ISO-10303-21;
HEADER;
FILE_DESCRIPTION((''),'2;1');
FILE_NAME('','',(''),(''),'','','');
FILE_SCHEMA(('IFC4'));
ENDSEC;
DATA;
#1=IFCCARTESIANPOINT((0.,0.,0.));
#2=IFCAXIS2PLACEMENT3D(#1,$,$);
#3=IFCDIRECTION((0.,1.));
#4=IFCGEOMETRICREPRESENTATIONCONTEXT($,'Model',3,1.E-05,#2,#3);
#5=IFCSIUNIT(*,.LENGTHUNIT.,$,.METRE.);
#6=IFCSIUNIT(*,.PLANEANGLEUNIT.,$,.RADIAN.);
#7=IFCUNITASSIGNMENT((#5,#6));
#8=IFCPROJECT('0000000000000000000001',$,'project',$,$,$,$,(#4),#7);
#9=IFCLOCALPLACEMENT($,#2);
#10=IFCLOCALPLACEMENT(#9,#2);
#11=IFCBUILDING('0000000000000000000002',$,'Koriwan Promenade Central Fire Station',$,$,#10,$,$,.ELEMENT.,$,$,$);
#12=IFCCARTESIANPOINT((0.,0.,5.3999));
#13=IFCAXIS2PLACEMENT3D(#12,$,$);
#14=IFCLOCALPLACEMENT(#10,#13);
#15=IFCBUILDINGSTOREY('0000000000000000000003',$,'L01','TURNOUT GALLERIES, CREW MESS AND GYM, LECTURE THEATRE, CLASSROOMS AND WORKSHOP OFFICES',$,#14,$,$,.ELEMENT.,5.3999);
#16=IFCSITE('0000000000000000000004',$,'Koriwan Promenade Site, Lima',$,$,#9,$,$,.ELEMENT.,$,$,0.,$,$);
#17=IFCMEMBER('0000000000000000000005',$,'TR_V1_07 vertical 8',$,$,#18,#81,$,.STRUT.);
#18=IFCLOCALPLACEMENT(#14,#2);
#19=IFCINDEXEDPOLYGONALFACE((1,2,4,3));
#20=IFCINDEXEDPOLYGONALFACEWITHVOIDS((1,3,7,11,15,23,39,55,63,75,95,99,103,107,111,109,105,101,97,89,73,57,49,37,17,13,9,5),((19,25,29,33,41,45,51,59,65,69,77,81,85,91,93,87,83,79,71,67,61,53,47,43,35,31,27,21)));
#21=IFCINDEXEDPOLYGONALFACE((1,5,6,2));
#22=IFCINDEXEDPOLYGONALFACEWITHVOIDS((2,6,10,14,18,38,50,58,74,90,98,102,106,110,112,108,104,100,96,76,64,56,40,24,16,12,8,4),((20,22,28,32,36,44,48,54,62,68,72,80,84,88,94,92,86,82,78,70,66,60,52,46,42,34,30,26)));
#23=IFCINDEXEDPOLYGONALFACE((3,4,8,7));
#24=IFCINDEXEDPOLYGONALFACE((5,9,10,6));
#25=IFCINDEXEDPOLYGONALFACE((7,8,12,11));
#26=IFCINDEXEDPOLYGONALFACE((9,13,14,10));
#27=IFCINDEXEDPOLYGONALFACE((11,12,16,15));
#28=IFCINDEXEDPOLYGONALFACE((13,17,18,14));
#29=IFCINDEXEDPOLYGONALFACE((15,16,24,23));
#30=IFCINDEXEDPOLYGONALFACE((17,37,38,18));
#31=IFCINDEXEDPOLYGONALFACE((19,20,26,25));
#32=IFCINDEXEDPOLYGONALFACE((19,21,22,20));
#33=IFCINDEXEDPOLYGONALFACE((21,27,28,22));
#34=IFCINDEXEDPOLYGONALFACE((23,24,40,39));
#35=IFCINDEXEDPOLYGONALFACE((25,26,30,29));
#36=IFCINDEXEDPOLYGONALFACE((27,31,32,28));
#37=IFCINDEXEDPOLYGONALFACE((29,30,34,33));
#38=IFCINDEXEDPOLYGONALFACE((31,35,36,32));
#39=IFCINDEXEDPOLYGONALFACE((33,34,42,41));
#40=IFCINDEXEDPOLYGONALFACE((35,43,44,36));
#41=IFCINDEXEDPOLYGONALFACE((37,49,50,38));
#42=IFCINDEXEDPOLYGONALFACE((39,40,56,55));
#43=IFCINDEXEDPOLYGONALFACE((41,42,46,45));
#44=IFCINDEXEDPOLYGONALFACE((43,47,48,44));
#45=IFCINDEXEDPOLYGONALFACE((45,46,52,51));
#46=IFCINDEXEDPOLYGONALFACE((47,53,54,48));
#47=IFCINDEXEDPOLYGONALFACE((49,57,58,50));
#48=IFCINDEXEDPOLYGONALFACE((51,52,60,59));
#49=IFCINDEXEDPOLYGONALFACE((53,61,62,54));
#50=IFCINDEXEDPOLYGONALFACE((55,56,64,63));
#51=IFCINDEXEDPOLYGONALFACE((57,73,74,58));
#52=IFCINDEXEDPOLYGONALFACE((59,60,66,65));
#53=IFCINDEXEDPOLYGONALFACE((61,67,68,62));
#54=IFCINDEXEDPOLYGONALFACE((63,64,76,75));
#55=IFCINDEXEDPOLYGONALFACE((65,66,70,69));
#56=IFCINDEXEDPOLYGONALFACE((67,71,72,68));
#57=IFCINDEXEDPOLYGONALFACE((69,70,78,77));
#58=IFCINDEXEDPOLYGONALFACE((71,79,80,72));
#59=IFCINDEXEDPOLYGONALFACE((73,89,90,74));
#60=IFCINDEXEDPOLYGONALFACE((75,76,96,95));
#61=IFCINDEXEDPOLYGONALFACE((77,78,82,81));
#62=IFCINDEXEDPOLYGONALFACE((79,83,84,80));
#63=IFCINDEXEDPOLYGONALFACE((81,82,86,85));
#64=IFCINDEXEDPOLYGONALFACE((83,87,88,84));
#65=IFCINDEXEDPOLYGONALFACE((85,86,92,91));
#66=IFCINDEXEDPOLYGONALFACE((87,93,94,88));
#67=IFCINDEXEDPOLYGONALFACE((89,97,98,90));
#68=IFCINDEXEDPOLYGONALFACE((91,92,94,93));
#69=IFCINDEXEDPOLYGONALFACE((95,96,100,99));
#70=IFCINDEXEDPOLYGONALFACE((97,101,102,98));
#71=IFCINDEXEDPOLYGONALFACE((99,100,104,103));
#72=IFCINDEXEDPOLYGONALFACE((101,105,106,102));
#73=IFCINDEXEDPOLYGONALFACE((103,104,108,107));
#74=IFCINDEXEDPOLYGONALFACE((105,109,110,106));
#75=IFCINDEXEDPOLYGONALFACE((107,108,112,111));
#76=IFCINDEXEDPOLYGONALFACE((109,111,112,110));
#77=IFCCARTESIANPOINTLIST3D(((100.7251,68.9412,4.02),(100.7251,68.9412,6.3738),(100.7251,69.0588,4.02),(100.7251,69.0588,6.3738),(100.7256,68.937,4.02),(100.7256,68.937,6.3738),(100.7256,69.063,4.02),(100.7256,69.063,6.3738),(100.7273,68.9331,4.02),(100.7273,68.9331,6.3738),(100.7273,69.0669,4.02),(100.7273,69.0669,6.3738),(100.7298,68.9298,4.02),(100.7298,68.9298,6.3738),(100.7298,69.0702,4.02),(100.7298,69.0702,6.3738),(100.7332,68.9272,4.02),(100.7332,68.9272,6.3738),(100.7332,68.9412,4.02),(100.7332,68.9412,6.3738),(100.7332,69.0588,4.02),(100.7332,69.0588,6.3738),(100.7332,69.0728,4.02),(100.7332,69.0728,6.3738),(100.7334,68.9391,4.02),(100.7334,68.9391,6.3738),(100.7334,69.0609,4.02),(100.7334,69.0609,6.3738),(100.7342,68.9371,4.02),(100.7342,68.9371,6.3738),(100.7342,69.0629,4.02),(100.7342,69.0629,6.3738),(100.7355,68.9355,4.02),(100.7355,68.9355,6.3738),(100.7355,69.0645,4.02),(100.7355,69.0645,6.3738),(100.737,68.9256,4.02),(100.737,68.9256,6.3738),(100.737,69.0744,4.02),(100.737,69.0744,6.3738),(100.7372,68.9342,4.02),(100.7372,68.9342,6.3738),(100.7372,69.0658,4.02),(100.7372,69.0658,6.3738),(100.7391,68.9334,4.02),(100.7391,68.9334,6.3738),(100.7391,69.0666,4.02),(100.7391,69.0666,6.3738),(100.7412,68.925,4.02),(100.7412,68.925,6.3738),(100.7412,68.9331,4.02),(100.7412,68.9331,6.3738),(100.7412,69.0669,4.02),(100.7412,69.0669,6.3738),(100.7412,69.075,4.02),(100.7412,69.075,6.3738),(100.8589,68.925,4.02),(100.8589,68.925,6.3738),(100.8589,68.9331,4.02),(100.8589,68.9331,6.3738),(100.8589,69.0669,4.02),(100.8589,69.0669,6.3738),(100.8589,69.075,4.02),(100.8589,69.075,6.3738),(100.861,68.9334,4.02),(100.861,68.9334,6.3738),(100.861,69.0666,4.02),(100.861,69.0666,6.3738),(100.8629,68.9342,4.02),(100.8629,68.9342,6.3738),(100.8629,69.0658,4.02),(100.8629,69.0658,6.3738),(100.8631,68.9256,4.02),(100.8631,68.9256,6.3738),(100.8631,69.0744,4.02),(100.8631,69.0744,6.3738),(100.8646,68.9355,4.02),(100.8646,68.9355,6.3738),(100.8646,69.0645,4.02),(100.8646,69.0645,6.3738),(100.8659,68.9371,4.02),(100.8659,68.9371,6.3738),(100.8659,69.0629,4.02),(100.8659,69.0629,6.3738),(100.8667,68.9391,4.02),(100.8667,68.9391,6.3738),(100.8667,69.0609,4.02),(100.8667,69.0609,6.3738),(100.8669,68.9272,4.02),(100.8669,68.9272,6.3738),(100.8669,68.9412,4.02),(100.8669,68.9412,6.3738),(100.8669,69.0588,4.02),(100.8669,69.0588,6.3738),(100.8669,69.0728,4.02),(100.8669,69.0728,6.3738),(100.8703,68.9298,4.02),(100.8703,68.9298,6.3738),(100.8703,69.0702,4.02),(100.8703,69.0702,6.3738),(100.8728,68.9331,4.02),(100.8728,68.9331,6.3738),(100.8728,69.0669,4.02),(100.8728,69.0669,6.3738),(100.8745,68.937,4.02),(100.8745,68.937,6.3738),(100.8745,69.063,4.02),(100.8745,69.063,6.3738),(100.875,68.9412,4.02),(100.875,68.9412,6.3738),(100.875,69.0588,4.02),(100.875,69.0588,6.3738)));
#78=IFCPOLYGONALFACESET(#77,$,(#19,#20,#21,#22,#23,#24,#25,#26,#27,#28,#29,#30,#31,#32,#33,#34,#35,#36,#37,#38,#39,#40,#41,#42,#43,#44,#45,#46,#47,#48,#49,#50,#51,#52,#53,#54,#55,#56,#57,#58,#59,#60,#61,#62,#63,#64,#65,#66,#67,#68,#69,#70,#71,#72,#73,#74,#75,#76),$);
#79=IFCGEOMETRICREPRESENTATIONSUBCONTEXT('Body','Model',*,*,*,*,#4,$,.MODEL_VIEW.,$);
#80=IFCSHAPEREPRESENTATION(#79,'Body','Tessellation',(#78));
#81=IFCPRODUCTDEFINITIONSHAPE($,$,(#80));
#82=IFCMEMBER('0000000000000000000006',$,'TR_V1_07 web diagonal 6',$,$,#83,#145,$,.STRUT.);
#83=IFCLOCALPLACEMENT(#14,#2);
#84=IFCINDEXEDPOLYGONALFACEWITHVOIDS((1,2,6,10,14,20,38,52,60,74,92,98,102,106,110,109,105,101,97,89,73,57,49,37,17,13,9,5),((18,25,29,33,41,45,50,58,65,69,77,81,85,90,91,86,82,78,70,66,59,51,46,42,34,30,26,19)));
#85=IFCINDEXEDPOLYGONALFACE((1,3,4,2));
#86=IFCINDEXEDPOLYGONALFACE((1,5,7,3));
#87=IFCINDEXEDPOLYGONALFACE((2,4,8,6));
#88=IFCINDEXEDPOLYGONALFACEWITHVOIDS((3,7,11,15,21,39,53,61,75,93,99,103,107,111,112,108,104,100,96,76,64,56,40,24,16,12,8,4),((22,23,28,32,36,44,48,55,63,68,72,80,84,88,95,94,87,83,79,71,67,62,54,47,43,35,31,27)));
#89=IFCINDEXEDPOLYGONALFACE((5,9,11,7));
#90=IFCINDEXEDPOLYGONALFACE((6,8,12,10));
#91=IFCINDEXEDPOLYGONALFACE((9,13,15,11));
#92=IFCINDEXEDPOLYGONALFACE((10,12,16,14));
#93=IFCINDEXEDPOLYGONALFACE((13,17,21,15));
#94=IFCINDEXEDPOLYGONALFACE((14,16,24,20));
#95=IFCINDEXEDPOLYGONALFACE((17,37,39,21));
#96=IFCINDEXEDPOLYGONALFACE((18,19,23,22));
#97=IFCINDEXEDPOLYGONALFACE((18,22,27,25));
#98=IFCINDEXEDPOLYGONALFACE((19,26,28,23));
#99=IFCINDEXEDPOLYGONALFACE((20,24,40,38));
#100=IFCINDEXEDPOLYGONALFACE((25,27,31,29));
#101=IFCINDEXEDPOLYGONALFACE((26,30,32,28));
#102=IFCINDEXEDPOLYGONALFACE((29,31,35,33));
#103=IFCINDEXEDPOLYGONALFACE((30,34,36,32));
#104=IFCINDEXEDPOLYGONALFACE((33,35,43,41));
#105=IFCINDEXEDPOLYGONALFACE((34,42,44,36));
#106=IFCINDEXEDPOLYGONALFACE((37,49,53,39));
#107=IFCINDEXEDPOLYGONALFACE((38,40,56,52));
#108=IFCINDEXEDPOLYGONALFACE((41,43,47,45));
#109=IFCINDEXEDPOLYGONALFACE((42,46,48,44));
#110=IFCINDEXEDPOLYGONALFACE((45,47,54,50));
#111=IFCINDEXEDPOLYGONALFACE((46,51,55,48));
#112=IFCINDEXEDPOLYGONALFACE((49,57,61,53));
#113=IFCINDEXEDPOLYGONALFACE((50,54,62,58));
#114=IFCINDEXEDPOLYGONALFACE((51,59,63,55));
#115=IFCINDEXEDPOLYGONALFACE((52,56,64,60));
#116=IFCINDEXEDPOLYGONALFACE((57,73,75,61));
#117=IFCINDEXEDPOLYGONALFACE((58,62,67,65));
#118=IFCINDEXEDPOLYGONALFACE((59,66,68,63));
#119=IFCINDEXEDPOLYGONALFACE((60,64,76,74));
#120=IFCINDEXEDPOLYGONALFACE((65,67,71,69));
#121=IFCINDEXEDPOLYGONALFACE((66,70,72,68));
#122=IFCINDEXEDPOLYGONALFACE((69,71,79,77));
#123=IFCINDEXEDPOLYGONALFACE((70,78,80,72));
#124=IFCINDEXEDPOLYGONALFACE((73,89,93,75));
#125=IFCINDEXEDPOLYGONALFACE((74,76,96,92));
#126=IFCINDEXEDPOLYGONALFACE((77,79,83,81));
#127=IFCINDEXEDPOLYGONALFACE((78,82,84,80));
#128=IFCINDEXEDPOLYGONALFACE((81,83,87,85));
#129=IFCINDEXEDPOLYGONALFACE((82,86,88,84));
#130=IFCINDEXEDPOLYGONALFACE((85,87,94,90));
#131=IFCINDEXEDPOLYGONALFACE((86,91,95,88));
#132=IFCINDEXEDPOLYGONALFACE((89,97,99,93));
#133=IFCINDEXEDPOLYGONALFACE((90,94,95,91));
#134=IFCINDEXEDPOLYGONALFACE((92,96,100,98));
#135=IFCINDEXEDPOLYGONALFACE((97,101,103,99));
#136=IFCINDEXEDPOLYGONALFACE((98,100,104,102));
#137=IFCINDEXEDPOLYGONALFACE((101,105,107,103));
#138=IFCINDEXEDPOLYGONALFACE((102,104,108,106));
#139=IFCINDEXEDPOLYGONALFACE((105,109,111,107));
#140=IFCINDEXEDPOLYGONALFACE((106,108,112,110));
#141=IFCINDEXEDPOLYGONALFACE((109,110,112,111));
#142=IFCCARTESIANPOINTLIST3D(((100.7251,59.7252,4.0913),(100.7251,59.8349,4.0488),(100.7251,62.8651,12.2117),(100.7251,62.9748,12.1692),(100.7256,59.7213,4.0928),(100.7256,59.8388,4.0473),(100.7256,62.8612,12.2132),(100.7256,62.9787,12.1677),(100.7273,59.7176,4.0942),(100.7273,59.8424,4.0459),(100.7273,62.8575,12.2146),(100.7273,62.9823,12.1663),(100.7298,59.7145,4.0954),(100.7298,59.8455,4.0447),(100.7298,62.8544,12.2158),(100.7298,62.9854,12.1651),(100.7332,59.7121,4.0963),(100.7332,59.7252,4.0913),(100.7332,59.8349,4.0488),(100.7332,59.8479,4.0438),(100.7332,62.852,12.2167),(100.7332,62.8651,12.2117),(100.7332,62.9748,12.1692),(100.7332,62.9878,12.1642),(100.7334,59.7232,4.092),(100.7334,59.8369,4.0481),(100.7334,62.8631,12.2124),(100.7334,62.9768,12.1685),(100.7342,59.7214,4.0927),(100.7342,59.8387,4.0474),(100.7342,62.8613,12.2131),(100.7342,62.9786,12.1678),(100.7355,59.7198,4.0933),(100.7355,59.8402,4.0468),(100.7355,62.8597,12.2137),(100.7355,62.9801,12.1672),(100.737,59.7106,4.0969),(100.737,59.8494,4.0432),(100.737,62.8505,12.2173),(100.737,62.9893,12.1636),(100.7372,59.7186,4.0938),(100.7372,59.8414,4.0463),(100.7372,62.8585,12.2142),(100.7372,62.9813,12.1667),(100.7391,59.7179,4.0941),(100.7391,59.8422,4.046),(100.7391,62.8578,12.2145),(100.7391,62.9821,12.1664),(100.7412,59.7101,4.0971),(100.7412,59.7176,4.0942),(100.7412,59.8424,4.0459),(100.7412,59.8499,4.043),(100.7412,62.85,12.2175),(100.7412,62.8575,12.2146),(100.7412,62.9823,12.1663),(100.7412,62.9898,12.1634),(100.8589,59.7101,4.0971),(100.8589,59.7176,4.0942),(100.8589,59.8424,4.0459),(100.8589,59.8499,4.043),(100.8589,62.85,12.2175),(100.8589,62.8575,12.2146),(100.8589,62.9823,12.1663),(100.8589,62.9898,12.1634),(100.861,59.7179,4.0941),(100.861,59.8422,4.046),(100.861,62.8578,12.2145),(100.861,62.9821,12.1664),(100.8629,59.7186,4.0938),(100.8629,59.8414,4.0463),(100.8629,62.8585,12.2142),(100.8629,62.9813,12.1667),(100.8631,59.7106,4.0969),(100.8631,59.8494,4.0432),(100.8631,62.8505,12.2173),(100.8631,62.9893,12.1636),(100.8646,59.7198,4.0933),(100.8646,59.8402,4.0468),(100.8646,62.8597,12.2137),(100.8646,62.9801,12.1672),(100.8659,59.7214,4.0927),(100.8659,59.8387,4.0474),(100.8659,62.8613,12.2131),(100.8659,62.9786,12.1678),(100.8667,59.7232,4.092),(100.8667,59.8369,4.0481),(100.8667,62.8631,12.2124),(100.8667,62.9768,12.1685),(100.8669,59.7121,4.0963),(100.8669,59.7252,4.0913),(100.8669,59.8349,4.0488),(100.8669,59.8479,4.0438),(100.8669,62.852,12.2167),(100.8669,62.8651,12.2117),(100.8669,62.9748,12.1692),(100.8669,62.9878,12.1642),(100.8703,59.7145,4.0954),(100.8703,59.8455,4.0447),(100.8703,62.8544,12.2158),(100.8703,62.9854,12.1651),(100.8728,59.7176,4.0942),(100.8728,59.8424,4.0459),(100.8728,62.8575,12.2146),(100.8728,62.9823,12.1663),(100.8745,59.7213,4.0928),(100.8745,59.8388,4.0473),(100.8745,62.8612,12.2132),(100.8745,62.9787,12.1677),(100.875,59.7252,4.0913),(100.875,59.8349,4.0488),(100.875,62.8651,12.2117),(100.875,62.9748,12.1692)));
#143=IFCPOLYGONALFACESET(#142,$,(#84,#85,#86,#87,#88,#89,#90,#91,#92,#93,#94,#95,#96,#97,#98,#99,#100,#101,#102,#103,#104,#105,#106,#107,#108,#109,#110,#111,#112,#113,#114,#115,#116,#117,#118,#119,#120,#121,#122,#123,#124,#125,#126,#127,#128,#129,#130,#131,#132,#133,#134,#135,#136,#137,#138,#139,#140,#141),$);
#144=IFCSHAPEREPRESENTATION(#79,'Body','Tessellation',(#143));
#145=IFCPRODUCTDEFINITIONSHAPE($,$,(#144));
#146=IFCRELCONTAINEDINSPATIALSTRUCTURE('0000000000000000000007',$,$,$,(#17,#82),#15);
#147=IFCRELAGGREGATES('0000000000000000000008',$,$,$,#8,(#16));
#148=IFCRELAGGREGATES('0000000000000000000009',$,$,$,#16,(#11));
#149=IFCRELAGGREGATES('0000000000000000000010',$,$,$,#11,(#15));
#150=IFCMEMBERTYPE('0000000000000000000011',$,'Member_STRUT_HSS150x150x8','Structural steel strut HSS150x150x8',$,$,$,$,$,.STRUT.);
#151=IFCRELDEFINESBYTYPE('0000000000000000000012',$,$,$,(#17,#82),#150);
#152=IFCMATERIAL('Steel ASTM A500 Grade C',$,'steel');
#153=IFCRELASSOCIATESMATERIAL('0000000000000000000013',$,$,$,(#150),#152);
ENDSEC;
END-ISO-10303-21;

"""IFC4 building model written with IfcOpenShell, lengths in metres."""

from ifc_helpers import new_model, si_unit, direction, frame, origin, origin_2d, place, context, subcontext, project, spatial, hollow_rectangle, extrude, material, material_profile, profile_set, type_object, element, save


model = new_model("IFC4")

# Units and contexts
model_context = context("Model", 3, precision=1e-05, world=origin(), true_north=direction((0.0, 1.0)))
body_context = subcontext(model_context, "Body", "Model", "MODEL_VIEW")
ifc_project = project(units=[si_unit("LENGTHUNIT", "METRE"), si_unit("PLANEANGLEUNIT", "RADIAN")], contexts=[model_context])

# Site, building, storey
site_placement = place(None, origin())
site = spatial("IfcSite", under=ifc_project, at=site_placement, Name="Koriwan Promenade Site, Lima", CompositionType="ELEMENT", RefElevation=0.0)
building_placement = place(site_placement, origin())
building = spatial("IfcBuilding", under=site, at=building_placement, Name="Koriwan Promenade Central Fire Station", CompositionType="ELEMENT")
storey_placement = place(building_placement, frame((0.0, 0.0, 5.3999)))
storey = spatial("IfcBuildingStorey", under=building, at=storey_placement, Name="L01", Description="TURNOUT GALLERIES, CREW MESS AND GYM, LECTURE THEATRE, CLASSROOMS AND WORKSHOP OFFICES", CompositionType="ELEMENT", Elevation=5.3999)

# Members
ifc_material_1 = material(Name="Steel ASTM A500 Grade C", Category="steel")
ifc_material_profile_1 = material_profile(ifc_material_1, hollow_rectangle(XDim=0.1499, YDim=0.1499, WallThickness=0.0081, InnerFilletRadius=0.0081, OuterFilletRadius=0.0161, at=origin_2d()), Name="HSS150x150x8")
ifc_profile_set_1 = profile_set([ifc_material_profile_1], Name="Steel ASTM A500 Grade C")
member_type_1 = type_object("IfcMemberType", Name="Member_STRUT_HSS150x150x8", Description="Structural steel strut HSS150x150x8", PredefinedType="STRUT", material=ifc_profile_set_1)
member_1_placement = place(storey_placement, frame((100.8, 69.0, 4.02), z_axis=(0.0, 0.0, 1.0), x_axis=(1.0, 0.0, 0.0)))
element("IfcMember", 1, at=member_1_placement, inside=storey, type_object=member_type_1, Name="TR_V1_07 vertical 8", PredefinedType="STRUT", context=body_context, shape_type="SweptSolid", body=[
    extrude(hollow_rectangle(XDim=0.1499, YDim=0.1499, WallThickness=0.0081, InnerFilletRadius=0.0081, OuterFilletRadius=0.0161, at=origin_2d()), origin(), (0.0, 0.0, 1.0), 2.3538),
])
member_2_placement = place(storey_placement, frame((100.8, 59.78, 4.0701), z_axis=(0.0, 0.360647, 0.932702), x_axis=(-1.0, 0.0, 0.0)))
element("IfcMember", 2, at=member_2_placement, inside=storey, type_object=member_type_1, Name="TR_V1_07 web diagonal 6", PredefinedType="STRUT", context=body_context, shape_type="SweptSolid", body=[
    extrude(hollow_rectangle(XDim=0.1499, YDim=0.1499, WallThickness=0.0081, InnerFilletRadius=0.0081, OuterFilletRadius=0.0161, at=origin_2d()), origin(), (0.0, 0.0, 1.0), 8.7063),
])

save(model, "model.ifc")
